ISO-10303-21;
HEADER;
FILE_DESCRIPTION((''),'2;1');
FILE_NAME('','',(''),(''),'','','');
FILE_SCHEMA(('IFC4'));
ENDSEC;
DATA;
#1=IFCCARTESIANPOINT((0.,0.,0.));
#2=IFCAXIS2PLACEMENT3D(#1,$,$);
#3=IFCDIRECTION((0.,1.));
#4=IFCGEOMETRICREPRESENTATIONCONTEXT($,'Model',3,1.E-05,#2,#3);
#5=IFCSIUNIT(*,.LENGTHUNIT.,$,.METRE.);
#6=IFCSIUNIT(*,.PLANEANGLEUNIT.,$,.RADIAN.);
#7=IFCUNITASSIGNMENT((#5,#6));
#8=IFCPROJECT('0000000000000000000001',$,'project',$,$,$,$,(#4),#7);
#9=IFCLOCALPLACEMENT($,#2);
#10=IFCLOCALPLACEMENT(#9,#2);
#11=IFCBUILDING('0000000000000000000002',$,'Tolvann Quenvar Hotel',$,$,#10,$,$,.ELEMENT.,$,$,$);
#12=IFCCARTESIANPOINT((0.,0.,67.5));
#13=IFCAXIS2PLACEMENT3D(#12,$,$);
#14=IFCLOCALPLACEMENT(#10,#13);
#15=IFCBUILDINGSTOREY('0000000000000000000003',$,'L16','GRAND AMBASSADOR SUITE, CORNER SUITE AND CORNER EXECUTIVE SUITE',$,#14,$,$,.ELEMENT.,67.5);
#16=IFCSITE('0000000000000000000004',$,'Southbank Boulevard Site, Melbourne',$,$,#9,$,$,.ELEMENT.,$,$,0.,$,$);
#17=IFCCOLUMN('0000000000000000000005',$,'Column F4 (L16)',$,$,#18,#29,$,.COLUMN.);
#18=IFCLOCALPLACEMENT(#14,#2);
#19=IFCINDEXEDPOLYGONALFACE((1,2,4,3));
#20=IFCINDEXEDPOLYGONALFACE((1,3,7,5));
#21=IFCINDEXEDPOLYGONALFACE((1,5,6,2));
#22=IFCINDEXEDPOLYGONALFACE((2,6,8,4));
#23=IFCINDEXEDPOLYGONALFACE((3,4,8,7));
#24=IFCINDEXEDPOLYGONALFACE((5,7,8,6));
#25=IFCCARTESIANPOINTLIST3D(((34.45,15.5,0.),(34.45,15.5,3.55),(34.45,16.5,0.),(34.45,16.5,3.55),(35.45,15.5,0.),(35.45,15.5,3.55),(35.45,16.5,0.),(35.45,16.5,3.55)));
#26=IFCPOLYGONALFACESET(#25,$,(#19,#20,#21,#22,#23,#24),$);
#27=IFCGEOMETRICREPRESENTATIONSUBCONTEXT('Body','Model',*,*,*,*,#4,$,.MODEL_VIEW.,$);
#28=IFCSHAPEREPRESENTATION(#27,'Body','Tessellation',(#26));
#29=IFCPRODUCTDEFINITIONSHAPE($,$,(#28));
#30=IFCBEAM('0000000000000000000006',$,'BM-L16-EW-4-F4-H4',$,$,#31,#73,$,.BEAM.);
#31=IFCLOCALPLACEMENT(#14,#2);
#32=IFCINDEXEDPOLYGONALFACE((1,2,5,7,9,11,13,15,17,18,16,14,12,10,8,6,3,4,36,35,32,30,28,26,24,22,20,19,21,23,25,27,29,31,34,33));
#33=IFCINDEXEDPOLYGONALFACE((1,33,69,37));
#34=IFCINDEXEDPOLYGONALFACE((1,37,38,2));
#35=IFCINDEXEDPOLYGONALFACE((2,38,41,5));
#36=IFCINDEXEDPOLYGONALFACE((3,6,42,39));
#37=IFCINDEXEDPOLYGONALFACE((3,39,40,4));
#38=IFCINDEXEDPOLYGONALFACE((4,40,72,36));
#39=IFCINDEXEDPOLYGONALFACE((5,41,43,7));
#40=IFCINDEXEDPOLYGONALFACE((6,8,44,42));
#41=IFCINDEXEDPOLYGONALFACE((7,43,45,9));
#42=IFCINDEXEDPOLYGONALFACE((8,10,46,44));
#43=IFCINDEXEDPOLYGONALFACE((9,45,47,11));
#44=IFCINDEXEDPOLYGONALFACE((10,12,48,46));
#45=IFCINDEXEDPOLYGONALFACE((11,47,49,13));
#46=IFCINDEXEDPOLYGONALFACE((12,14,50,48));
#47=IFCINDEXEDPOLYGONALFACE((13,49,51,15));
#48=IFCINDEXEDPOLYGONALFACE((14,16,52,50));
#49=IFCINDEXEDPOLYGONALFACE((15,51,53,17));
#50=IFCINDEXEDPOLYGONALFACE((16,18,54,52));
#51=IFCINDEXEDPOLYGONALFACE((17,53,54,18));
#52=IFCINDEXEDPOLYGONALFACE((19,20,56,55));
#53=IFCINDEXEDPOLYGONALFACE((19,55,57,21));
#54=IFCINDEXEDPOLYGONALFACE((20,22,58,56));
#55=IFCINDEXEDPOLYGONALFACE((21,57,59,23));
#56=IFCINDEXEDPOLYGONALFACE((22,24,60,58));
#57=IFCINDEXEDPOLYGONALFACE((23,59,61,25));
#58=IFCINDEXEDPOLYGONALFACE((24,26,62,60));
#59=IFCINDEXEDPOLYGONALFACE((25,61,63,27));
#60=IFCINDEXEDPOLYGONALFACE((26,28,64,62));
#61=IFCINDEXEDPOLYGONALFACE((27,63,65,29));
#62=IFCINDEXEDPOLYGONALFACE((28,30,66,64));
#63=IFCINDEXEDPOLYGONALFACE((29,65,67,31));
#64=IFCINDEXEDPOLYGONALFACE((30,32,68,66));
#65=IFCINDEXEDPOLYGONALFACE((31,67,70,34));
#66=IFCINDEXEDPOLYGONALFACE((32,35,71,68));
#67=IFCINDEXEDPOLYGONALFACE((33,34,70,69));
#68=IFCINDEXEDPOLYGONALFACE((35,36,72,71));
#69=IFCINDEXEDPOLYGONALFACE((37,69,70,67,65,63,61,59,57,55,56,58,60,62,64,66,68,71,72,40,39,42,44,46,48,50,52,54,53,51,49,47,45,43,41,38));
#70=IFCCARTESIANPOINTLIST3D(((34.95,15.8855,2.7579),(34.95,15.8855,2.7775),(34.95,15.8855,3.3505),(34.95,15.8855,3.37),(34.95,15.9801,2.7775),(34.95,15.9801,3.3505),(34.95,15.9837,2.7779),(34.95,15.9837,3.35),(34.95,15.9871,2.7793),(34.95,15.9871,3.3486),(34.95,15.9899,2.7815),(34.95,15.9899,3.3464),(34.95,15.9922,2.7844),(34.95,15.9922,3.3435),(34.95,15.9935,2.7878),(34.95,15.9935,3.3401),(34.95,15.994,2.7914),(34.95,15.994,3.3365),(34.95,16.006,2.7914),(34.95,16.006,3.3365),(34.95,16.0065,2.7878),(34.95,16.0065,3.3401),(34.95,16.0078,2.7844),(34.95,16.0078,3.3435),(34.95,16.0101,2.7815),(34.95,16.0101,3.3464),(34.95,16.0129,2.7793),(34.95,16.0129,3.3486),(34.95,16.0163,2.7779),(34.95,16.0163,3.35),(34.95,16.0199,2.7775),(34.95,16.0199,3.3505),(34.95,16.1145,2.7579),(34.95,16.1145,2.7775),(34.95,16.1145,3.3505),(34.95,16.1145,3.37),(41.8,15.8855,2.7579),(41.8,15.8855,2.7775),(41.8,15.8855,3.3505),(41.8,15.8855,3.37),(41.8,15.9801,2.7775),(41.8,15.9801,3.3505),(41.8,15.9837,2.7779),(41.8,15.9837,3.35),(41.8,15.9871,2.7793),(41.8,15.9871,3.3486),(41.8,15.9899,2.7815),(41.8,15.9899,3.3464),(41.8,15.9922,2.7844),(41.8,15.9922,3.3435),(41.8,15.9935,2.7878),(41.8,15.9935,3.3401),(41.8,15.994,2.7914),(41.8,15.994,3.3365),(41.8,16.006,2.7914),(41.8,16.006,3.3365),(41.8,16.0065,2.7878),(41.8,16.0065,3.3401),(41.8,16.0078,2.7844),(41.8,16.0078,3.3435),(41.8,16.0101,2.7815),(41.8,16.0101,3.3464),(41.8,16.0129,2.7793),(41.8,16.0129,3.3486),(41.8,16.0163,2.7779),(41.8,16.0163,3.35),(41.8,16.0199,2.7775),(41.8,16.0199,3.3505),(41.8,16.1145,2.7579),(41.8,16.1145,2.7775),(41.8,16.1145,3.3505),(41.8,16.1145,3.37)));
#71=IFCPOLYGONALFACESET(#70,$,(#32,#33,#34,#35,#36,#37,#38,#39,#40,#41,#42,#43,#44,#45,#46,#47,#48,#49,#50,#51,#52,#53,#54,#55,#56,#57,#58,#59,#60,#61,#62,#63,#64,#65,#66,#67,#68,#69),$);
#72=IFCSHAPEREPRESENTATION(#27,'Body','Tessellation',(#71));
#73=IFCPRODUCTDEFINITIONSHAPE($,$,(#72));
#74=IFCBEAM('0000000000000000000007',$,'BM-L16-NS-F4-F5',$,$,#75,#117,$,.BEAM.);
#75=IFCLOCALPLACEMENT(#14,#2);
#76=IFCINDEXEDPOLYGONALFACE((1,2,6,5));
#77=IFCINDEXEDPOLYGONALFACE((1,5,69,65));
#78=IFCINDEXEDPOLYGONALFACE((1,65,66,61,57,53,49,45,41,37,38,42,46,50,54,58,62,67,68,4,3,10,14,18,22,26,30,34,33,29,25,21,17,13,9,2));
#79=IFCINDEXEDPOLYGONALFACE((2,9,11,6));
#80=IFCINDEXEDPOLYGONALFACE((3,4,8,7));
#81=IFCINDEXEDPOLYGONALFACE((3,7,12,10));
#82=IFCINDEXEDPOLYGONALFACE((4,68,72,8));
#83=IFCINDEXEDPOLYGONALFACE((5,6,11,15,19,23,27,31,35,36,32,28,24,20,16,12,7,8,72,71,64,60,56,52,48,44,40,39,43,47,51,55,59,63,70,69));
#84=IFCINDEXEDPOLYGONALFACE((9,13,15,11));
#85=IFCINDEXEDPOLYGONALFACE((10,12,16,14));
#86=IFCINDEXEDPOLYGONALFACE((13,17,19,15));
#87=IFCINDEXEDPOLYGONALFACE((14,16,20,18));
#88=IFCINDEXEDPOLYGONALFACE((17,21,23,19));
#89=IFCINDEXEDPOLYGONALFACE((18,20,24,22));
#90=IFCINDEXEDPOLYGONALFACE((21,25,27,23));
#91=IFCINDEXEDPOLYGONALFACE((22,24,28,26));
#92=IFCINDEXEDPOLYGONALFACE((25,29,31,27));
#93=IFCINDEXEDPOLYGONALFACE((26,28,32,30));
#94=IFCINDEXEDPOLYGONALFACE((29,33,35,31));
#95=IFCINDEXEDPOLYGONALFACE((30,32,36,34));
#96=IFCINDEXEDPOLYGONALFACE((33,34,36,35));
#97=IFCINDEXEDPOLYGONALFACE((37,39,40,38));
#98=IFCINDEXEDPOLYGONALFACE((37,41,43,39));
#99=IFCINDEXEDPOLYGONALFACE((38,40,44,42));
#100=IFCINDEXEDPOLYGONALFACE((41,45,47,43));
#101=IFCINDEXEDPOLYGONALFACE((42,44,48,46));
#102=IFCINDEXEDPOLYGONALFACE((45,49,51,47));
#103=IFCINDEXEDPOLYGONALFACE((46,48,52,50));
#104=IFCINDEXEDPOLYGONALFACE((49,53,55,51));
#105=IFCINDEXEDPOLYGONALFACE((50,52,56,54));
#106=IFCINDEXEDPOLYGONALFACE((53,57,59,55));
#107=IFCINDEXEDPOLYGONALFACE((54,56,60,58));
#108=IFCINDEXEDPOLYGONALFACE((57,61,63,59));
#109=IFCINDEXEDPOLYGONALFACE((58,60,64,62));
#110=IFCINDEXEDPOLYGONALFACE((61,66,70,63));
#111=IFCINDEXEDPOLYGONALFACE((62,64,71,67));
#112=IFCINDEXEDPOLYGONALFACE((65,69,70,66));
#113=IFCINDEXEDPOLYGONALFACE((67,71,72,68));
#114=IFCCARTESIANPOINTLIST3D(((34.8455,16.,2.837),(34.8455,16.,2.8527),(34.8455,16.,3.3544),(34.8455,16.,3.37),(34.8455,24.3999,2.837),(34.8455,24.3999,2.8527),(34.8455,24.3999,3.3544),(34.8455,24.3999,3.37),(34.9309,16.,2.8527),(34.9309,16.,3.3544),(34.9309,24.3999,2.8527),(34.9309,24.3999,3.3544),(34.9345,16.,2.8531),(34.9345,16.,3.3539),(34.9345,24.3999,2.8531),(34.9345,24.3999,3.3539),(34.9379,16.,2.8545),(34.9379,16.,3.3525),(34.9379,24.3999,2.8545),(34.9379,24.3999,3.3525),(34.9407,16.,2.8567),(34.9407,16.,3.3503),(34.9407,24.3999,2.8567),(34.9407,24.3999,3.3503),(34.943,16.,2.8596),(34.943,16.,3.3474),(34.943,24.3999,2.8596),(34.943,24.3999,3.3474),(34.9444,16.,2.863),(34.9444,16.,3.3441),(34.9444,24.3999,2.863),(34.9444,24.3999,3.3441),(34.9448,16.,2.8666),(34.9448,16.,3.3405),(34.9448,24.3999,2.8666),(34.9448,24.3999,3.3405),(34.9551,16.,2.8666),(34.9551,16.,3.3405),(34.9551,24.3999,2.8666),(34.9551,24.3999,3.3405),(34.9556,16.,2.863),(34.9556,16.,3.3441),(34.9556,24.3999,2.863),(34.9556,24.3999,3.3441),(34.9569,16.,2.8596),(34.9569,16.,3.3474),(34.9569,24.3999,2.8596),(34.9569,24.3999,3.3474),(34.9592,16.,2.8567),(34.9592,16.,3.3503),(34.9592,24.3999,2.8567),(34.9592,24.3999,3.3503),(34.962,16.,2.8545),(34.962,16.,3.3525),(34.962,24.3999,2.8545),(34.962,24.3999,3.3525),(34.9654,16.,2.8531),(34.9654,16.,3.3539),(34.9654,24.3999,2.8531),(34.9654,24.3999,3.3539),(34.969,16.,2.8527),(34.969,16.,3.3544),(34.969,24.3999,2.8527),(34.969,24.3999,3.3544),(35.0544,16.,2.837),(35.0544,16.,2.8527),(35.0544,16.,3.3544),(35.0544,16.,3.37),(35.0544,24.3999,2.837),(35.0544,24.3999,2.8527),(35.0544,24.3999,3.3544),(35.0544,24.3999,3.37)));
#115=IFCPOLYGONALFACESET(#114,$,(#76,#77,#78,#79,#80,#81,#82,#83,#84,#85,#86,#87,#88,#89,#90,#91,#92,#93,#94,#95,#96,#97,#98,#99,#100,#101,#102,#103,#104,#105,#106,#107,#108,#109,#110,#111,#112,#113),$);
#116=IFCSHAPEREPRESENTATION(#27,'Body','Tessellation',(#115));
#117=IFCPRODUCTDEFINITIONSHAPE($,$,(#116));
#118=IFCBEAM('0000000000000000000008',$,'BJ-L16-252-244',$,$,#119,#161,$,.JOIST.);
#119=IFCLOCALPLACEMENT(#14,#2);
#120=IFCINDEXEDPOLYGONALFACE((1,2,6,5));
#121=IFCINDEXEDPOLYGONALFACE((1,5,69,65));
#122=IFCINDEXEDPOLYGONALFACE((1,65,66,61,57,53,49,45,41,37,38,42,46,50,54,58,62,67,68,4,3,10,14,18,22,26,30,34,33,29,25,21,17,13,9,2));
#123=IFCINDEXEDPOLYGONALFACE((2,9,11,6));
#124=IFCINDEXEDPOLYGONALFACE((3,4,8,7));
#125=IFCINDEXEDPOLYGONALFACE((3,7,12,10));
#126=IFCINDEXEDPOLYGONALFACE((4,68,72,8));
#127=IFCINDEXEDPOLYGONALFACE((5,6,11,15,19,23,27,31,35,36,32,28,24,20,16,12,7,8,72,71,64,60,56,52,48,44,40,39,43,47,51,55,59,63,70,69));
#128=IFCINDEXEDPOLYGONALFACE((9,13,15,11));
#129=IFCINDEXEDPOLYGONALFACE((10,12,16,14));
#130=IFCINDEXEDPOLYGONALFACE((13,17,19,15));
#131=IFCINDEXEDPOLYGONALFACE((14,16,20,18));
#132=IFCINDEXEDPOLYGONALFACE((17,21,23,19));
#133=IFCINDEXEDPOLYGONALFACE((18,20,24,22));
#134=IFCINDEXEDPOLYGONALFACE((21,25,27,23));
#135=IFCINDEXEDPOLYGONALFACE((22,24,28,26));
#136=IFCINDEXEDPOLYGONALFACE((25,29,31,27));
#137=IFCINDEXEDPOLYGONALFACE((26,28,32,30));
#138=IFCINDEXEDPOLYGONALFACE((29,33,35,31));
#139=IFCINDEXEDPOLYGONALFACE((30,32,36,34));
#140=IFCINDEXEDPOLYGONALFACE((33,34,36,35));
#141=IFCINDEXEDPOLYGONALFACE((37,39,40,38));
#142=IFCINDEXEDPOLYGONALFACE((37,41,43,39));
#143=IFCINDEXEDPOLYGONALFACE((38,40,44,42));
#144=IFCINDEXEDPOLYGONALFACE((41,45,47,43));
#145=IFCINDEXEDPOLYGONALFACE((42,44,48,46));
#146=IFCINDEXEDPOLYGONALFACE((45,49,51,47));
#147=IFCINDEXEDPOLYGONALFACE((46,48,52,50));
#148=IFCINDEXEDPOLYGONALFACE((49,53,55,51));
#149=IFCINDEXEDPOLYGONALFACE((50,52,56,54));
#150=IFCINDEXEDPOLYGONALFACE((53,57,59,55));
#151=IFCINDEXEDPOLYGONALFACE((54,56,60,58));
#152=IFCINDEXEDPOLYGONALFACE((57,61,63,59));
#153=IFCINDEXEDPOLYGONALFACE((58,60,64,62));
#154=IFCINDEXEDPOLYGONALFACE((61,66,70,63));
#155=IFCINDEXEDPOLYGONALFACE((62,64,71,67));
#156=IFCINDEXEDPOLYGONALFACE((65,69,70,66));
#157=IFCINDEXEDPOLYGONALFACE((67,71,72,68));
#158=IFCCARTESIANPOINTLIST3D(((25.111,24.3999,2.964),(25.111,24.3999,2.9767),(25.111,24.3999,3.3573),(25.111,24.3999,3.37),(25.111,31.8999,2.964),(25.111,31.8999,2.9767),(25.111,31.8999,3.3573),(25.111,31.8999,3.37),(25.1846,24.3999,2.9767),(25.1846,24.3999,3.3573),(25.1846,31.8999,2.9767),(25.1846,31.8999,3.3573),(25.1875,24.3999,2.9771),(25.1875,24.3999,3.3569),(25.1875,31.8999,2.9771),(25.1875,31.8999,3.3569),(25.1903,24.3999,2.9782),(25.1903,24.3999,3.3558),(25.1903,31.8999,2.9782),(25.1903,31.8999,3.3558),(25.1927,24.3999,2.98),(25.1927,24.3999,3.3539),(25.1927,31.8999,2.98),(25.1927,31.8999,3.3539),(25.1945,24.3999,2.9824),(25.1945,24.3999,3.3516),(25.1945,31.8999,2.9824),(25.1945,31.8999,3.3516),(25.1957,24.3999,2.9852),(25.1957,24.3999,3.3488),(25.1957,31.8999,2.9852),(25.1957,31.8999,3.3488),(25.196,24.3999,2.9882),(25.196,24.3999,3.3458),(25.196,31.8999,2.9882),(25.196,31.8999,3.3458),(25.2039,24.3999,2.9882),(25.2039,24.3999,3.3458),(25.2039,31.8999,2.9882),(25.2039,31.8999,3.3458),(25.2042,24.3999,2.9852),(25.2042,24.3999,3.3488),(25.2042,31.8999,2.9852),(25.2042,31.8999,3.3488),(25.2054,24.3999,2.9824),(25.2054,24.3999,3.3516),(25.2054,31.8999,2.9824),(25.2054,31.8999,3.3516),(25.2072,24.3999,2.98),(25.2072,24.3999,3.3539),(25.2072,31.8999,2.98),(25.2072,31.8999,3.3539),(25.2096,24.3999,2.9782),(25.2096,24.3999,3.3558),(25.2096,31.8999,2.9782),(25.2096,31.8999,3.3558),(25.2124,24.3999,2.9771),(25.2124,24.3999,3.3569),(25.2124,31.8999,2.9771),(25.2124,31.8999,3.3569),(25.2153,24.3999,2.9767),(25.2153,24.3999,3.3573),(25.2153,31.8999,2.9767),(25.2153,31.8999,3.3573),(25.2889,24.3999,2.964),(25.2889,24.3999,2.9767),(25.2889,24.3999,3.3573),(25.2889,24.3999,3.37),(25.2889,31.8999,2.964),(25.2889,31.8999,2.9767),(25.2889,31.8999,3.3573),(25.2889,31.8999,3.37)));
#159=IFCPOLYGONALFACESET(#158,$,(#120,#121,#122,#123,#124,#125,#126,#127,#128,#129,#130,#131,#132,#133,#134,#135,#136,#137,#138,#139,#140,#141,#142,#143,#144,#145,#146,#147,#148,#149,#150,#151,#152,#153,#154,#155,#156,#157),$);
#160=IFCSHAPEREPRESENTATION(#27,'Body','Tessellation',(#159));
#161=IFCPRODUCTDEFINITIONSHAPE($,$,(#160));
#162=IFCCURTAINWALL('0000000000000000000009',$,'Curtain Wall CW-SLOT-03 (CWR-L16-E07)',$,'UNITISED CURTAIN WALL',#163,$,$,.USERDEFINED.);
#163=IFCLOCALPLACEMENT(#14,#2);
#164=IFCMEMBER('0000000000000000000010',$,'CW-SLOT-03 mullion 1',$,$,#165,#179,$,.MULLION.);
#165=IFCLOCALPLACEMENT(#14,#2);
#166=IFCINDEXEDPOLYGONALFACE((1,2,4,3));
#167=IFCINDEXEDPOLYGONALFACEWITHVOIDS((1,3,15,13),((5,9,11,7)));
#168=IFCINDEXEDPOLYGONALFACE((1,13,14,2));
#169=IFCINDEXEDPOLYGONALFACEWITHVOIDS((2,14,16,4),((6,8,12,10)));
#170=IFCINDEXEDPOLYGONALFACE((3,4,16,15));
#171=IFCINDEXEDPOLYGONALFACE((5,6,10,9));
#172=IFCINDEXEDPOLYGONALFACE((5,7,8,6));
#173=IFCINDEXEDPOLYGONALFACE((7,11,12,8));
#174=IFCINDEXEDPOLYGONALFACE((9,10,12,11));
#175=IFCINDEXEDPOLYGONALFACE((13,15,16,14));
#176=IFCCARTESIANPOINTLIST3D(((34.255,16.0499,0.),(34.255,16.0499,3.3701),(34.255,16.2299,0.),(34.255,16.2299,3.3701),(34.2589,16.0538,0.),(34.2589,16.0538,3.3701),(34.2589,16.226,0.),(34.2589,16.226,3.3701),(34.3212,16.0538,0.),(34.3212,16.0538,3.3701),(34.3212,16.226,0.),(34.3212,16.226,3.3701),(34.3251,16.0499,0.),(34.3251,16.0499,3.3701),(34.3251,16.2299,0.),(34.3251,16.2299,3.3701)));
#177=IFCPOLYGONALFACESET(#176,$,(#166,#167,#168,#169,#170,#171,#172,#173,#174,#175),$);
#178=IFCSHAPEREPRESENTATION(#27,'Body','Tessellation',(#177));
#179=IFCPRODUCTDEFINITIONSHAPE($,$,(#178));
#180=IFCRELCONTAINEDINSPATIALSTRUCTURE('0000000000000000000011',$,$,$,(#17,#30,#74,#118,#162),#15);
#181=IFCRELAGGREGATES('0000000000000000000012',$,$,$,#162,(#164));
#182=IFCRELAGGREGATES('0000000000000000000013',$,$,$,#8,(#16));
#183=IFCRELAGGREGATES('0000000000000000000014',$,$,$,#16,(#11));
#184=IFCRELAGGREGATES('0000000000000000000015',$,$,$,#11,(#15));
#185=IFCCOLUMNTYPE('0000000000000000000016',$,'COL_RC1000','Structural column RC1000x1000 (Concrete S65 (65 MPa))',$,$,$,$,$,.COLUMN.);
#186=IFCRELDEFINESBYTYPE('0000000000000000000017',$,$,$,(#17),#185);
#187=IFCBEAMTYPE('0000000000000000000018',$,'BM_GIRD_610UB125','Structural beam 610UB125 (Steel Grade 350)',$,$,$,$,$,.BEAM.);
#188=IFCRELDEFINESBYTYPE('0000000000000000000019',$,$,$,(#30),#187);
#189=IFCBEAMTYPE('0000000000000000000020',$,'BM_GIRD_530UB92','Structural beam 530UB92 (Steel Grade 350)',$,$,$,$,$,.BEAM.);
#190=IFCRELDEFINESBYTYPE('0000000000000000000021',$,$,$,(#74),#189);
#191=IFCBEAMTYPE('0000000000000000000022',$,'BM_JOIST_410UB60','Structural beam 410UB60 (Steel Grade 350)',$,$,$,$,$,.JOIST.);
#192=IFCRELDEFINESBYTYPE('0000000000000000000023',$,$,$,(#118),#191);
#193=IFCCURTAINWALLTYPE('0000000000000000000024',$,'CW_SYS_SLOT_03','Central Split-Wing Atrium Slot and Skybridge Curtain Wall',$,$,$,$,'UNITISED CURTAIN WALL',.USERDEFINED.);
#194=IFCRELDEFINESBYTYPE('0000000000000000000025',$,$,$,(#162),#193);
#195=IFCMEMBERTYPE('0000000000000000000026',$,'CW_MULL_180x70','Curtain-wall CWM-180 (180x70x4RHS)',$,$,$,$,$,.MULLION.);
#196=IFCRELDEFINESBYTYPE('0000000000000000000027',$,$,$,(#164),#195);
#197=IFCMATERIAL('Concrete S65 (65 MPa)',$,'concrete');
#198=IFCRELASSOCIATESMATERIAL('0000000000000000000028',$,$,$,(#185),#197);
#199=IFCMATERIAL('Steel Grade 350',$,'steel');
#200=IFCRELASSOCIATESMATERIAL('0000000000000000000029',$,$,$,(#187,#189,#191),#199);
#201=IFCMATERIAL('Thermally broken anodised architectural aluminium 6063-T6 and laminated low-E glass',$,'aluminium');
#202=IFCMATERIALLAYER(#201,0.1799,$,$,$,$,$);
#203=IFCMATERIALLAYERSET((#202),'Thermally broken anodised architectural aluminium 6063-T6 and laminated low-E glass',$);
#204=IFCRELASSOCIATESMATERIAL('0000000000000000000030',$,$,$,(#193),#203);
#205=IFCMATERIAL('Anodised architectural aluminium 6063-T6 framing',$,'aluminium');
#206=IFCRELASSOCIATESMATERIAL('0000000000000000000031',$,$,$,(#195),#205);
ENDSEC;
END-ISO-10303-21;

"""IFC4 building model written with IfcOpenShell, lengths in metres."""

from ifc_helpers import new_model, si_unit, direction, frame, origin, origin_2d, place, context, subcontext, project, spatial, rectangle, hollow_rectangle, i_section, extrude, source, transform, mapped, material, layer, layer_set, material_profile, profile_set, type_object, type_shapes, element, aggregate, save


model = new_model("IFC4")

# Units and contexts
model_context = context("Model", 3, precision=1e-05, world=origin(), true_north=direction((0.0, 1.0)))
body_context = subcontext(model_context, "Body", "Model", "MODEL_VIEW")
ifc_project = project(units=[si_unit("LENGTHUNIT", "METRE"), si_unit("PLANEANGLEUNIT", "RADIAN")], contexts=[model_context])

# Site, building, storey
site_placement = place(None, origin())
site = spatial("IfcSite", under=ifc_project, at=site_placement, Name="Southbank Boulevard Site, Melbourne", CompositionType="ELEMENT", RefElevation=0.0)
building_placement = place(site_placement, origin())
building = spatial("IfcBuilding", under=site, at=building_placement, Name="Tolvann Quenvar Hotel", CompositionType="ELEMENT")
storey_placement = place(building_placement, frame((0.0, 0.0, 67.5)))
storey = spatial("IfcBuildingStorey", under=building, at=storey_placement, Name="L16", Description="GRAND AMBASSADOR SUITE, CORNER SUITE AND CORNER EXECUTIVE SUITE", CompositionType="ELEMENT", Elevation=67.5)

# Column
ifc_material_1 = material(Name="Concrete S65 (65 MPa)", Category="concrete")
ifc_material_profile_1 = material_profile(ifc_material_1, rectangle(XDim=1.0, YDim=1.0, at=origin_2d()), Name="RC1000x1000")
ifc_profile_set_1 = profile_set([ifc_material_profile_1], Name="Concrete S65 (65 MPa)")
column_type = type_object("IfcColumnType", Name="COL_RC1000", Description="Structural column RC1000x1000 (Concrete S65 (65 MPa))", PredefinedType="COLUMN", material=ifc_profile_set_1)
shared_shape_1 = source(origin(), body_context, "Body", "SweptSolid", [
    extrude(rectangle(XDim=1.0, YDim=1.0, at=origin_2d()), origin(), (0.0, 0.0, 1.0), 3.55),
])
type_shapes(column_type, [shared_shape_1])
column_placement = place(storey_placement, frame((34.95, 16.0, 0.0), z_axis=(0.0, 0.0, 1.0), x_axis=(1.0, 0.0, 0.0)))
element("IfcColumn", 1, at=column_placement, inside=storey, type_object=column_type, Name="Column F4 (L16)", PredefinedType="COLUMN", context=body_context, shape_type="MappedRepresentation", body=[
    mapped(shared_shape_1, transform((0.0, 0.0, 0.0), x_axis=(1.0, 0.0, 0.0), y_axis=(0.0, 1.0, 0.0), z_axis=(0.0, 0.0, 1.0), scale=1.0)),
])

# Beams
ifc_material_2 = material(Name="Steel Grade 350", Category="steel")
ifc_material_profile_2 = material_profile(ifc_material_2, i_section(OverallWidth=0.229, OverallDepth=0.6121, WebThickness=0.012, FlangeThickness=0.0195, FilletRadius=0.0139, at=origin_2d()), Name="610UB125")
ifc_profile_set_2 = profile_set([ifc_material_profile_2], Name="Steel Grade 350")
beam_type_1 = type_object("IfcBeamType", Name="BM_GIRD_610UB125", Description="Structural beam 610UB125 (Steel Grade 350)", PredefinedType="BEAM", material=ifc_profile_set_2)
shared_shape_2 = source(origin(), body_context, "Body", "SweptSolid", [
    extrude(i_section(OverallWidth=0.229, OverallDepth=0.6121, WebThickness=0.012, FlangeThickness=0.0195, FilletRadius=0.0139, at=origin_2d()), origin(), (0.0, 0.0, 1.0), 6.8501),
])
type_shapes(beam_type_1, [shared_shape_2])
beam_1_placement = place(storey_placement, frame((34.95, 16.0, 3.064), z_axis=(1.0, 0.0, 0.0), x_axis=(0.0, 1.0, 0.0)))
element("IfcBeam", 2, at=beam_1_placement, inside=storey, type_object=beam_type_1, Name="BM-L16-EW-4-F4-H4", PredefinedType="BEAM", context=body_context, shape_type="MappedRepresentation", body=[
    mapped(shared_shape_2, transform((0.0, 0.0, 0.0), x_axis=(1.0, 0.0, 0.0), y_axis=(0.0, 1.0, 0.0), z_axis=(0.0, 0.0, 1.0), scale=1.0)),
])
ifc_material_profile_3 = material_profile(ifc_material_2, i_section(OverallWidth=0.209, OverallDepth=0.533, WebThickness=0.0103, FlangeThickness=0.0156, FilletRadius=0.0139, at=origin_2d()), Name="530UB92")
ifc_profile_set_3 = profile_set([ifc_material_profile_3], Name="Steel Grade 350")
beam_type_2 = type_object("IfcBeamType", Name="BM_GIRD_530UB92", Description="Structural beam 530UB92 (Steel Grade 350)", PredefinedType="BEAM", material=ifc_profile_set_3)
shared_shape_3 = source(origin(), body_context, "Body", "SweptSolid", [
    extrude(i_section(OverallWidth=0.209, OverallDepth=0.533, WebThickness=0.0103, FlangeThickness=0.0156, FilletRadius=0.0139, at=origin_2d()), origin(), (0.0, 0.0, 1.0), 8.3999),
])
type_shapes(beam_type_2, [shared_shape_3])
beam_2_placement = place(storey_placement, frame((34.95, 16.0, 3.1035), z_axis=(0.0, 1.0, 0.0), x_axis=(-1.0, 0.0, 0.0)))
element("IfcBeam", 3, at=beam_2_placement, inside=storey, type_object=beam_type_2, Name="BM-L16-NS-F4-F5", PredefinedType="BEAM", context=body_context, shape_type="MappedRepresentation", body=[
    mapped(shared_shape_3, transform((0.0, 0.0, 0.0), x_axis=(1.0, 0.0, 0.0), y_axis=(0.0, 1.0, 0.0), z_axis=(0.0, 0.0, 1.0), scale=1.0)),
])
ifc_material_profile_4 = material_profile(ifc_material_2, i_section(OverallWidth=0.178, OverallDepth=0.406, WebThickness=0.0078, FlangeThickness=0.0127, FilletRadius=0.0115, at=origin_2d()), Name="410UB60")
ifc_profile_set_4 = profile_set([ifc_material_profile_4], Name="Steel Grade 350")
beam_type_3 = type_object("IfcBeamType", Name="BM_JOIST_410UB60", Description="Structural beam 410UB60 (Steel Grade 350)", PredefinedType="JOIST", material=ifc_profile_set_4)
shared_shape_4 = source(origin(), body_context, "Body", "SweptSolid", [
    extrude(i_section(OverallWidth=0.178, OverallDepth=0.406, WebThickness=0.0078, FlangeThickness=0.0127, FilletRadius=0.0115, at=origin_2d()), origin(), (0.0, 0.0, 1.0), 7.5),
])
type_shapes(beam_type_3, [shared_shape_4])
beam_3_placement = place(storey_placement, frame((25.2, 24.3999, 3.167), z_axis=(0.0, 1.0, 0.0), x_axis=(-1.0, 0.0, 0.0)))
element("IfcBeam", 4, at=beam_3_placement, inside=storey, type_object=beam_type_3, Name="BJ-L16-252-244", PredefinedType="JOIST", context=body_context, shape_type="MappedRepresentation", body=[
    mapped(shared_shape_4, transform((0.0, 0.0, 0.0), x_axis=(1.0, 0.0, 0.0), y_axis=(0.0, 1.0, 0.0), z_axis=(0.0, 0.0, 1.0), scale=1.0)),
])

# Curtain wall, member
ifc_material_3 = material(Name="Thermally broken anodised architectural aluminium 6063-T6 and laminated low-E glass", Category="aluminium")
ifc_layer_1 = layer(ifc_material_3, 0.1799)
ifc_layer_set_1 = layer_set([ifc_layer_1], Name="Thermally broken anodised architectural aluminium 6063-T6 and laminated low-E glass")
curtain_wall_type = type_object("IfcCurtainWallType", Name="CW_SYS_SLOT_03", Description="Central Split-Wing Atrium Slot and Skybridge Curtain Wall", ElementType="UNITISED CURTAIN WALL", PredefinedType="USERDEFINED", material=ifc_layer_set_1)
curtain_wall_placement = place(storey_placement, origin())
curtain_wall = element("IfcCurtainWall", 5, at=curtain_wall_placement, inside=storey, type_object=curtain_wall_type, Name="Curtain Wall CW-SLOT-03 (CWR-L16-E07)", ObjectType="UNITISED CURTAIN WALL", PredefinedType="USERDEFINED")
ifc_material_4 = material(Name="Anodised architectural aluminium 6063-T6 framing", Category="aluminium")
ifc_material_profile_5 = material_profile(ifc_material_4, hollow_rectangle(XDim=0.0701, YDim=0.1799, WallThickness=0.0039, at=origin_2d()), Name="180x70x4RHS")
ifc_profile_set_5 = profile_set([ifc_material_profile_5], Name="Anodised architectural aluminium 6063-T6 framing")
member_type_1 = type_object("IfcMemberType", Name="CW_MULL_180x70", Description="Curtain-wall CWM-180 (180x70x4RHS)", PredefinedType="MULLION", material=ifc_profile_set_5)
shared_shape_5 = source(origin(), body_context, "Body", "SweptSolid", [
    extrude(hollow_rectangle(XDim=0.0701, YDim=0.1799, WallThickness=0.0039, at=origin_2d()), origin(), (0.0, 0.0, 1.0), 3.3701),
])
type_shapes(member_type_1, [shared_shape_5])
member_1_placement = place(storey_placement, frame((34.29, 16.1399, 0.0), z_axis=(0.0, 0.0, 1.0), x_axis=(1.0, 0.0, 0.0)))
member_1 = element("IfcMember", 6, at=member_1_placement, type_object=member_type_1, Name="CW-SLOT-03 mullion 1", PredefinedType="MULLION", context=body_context, shape_type="MappedRepresentation", body=[
    mapped(shared_shape_5, transform((0.0, 0.0, 0.0), x_axis=(1.0, 0.0, 0.0), y_axis=(0.0, 1.0, 0.0), z_axis=(0.0, 0.0, 1.0), scale=1.0)),
])
aggregate(curtain_wall, [member_1])

save(model, "model.ifc")
